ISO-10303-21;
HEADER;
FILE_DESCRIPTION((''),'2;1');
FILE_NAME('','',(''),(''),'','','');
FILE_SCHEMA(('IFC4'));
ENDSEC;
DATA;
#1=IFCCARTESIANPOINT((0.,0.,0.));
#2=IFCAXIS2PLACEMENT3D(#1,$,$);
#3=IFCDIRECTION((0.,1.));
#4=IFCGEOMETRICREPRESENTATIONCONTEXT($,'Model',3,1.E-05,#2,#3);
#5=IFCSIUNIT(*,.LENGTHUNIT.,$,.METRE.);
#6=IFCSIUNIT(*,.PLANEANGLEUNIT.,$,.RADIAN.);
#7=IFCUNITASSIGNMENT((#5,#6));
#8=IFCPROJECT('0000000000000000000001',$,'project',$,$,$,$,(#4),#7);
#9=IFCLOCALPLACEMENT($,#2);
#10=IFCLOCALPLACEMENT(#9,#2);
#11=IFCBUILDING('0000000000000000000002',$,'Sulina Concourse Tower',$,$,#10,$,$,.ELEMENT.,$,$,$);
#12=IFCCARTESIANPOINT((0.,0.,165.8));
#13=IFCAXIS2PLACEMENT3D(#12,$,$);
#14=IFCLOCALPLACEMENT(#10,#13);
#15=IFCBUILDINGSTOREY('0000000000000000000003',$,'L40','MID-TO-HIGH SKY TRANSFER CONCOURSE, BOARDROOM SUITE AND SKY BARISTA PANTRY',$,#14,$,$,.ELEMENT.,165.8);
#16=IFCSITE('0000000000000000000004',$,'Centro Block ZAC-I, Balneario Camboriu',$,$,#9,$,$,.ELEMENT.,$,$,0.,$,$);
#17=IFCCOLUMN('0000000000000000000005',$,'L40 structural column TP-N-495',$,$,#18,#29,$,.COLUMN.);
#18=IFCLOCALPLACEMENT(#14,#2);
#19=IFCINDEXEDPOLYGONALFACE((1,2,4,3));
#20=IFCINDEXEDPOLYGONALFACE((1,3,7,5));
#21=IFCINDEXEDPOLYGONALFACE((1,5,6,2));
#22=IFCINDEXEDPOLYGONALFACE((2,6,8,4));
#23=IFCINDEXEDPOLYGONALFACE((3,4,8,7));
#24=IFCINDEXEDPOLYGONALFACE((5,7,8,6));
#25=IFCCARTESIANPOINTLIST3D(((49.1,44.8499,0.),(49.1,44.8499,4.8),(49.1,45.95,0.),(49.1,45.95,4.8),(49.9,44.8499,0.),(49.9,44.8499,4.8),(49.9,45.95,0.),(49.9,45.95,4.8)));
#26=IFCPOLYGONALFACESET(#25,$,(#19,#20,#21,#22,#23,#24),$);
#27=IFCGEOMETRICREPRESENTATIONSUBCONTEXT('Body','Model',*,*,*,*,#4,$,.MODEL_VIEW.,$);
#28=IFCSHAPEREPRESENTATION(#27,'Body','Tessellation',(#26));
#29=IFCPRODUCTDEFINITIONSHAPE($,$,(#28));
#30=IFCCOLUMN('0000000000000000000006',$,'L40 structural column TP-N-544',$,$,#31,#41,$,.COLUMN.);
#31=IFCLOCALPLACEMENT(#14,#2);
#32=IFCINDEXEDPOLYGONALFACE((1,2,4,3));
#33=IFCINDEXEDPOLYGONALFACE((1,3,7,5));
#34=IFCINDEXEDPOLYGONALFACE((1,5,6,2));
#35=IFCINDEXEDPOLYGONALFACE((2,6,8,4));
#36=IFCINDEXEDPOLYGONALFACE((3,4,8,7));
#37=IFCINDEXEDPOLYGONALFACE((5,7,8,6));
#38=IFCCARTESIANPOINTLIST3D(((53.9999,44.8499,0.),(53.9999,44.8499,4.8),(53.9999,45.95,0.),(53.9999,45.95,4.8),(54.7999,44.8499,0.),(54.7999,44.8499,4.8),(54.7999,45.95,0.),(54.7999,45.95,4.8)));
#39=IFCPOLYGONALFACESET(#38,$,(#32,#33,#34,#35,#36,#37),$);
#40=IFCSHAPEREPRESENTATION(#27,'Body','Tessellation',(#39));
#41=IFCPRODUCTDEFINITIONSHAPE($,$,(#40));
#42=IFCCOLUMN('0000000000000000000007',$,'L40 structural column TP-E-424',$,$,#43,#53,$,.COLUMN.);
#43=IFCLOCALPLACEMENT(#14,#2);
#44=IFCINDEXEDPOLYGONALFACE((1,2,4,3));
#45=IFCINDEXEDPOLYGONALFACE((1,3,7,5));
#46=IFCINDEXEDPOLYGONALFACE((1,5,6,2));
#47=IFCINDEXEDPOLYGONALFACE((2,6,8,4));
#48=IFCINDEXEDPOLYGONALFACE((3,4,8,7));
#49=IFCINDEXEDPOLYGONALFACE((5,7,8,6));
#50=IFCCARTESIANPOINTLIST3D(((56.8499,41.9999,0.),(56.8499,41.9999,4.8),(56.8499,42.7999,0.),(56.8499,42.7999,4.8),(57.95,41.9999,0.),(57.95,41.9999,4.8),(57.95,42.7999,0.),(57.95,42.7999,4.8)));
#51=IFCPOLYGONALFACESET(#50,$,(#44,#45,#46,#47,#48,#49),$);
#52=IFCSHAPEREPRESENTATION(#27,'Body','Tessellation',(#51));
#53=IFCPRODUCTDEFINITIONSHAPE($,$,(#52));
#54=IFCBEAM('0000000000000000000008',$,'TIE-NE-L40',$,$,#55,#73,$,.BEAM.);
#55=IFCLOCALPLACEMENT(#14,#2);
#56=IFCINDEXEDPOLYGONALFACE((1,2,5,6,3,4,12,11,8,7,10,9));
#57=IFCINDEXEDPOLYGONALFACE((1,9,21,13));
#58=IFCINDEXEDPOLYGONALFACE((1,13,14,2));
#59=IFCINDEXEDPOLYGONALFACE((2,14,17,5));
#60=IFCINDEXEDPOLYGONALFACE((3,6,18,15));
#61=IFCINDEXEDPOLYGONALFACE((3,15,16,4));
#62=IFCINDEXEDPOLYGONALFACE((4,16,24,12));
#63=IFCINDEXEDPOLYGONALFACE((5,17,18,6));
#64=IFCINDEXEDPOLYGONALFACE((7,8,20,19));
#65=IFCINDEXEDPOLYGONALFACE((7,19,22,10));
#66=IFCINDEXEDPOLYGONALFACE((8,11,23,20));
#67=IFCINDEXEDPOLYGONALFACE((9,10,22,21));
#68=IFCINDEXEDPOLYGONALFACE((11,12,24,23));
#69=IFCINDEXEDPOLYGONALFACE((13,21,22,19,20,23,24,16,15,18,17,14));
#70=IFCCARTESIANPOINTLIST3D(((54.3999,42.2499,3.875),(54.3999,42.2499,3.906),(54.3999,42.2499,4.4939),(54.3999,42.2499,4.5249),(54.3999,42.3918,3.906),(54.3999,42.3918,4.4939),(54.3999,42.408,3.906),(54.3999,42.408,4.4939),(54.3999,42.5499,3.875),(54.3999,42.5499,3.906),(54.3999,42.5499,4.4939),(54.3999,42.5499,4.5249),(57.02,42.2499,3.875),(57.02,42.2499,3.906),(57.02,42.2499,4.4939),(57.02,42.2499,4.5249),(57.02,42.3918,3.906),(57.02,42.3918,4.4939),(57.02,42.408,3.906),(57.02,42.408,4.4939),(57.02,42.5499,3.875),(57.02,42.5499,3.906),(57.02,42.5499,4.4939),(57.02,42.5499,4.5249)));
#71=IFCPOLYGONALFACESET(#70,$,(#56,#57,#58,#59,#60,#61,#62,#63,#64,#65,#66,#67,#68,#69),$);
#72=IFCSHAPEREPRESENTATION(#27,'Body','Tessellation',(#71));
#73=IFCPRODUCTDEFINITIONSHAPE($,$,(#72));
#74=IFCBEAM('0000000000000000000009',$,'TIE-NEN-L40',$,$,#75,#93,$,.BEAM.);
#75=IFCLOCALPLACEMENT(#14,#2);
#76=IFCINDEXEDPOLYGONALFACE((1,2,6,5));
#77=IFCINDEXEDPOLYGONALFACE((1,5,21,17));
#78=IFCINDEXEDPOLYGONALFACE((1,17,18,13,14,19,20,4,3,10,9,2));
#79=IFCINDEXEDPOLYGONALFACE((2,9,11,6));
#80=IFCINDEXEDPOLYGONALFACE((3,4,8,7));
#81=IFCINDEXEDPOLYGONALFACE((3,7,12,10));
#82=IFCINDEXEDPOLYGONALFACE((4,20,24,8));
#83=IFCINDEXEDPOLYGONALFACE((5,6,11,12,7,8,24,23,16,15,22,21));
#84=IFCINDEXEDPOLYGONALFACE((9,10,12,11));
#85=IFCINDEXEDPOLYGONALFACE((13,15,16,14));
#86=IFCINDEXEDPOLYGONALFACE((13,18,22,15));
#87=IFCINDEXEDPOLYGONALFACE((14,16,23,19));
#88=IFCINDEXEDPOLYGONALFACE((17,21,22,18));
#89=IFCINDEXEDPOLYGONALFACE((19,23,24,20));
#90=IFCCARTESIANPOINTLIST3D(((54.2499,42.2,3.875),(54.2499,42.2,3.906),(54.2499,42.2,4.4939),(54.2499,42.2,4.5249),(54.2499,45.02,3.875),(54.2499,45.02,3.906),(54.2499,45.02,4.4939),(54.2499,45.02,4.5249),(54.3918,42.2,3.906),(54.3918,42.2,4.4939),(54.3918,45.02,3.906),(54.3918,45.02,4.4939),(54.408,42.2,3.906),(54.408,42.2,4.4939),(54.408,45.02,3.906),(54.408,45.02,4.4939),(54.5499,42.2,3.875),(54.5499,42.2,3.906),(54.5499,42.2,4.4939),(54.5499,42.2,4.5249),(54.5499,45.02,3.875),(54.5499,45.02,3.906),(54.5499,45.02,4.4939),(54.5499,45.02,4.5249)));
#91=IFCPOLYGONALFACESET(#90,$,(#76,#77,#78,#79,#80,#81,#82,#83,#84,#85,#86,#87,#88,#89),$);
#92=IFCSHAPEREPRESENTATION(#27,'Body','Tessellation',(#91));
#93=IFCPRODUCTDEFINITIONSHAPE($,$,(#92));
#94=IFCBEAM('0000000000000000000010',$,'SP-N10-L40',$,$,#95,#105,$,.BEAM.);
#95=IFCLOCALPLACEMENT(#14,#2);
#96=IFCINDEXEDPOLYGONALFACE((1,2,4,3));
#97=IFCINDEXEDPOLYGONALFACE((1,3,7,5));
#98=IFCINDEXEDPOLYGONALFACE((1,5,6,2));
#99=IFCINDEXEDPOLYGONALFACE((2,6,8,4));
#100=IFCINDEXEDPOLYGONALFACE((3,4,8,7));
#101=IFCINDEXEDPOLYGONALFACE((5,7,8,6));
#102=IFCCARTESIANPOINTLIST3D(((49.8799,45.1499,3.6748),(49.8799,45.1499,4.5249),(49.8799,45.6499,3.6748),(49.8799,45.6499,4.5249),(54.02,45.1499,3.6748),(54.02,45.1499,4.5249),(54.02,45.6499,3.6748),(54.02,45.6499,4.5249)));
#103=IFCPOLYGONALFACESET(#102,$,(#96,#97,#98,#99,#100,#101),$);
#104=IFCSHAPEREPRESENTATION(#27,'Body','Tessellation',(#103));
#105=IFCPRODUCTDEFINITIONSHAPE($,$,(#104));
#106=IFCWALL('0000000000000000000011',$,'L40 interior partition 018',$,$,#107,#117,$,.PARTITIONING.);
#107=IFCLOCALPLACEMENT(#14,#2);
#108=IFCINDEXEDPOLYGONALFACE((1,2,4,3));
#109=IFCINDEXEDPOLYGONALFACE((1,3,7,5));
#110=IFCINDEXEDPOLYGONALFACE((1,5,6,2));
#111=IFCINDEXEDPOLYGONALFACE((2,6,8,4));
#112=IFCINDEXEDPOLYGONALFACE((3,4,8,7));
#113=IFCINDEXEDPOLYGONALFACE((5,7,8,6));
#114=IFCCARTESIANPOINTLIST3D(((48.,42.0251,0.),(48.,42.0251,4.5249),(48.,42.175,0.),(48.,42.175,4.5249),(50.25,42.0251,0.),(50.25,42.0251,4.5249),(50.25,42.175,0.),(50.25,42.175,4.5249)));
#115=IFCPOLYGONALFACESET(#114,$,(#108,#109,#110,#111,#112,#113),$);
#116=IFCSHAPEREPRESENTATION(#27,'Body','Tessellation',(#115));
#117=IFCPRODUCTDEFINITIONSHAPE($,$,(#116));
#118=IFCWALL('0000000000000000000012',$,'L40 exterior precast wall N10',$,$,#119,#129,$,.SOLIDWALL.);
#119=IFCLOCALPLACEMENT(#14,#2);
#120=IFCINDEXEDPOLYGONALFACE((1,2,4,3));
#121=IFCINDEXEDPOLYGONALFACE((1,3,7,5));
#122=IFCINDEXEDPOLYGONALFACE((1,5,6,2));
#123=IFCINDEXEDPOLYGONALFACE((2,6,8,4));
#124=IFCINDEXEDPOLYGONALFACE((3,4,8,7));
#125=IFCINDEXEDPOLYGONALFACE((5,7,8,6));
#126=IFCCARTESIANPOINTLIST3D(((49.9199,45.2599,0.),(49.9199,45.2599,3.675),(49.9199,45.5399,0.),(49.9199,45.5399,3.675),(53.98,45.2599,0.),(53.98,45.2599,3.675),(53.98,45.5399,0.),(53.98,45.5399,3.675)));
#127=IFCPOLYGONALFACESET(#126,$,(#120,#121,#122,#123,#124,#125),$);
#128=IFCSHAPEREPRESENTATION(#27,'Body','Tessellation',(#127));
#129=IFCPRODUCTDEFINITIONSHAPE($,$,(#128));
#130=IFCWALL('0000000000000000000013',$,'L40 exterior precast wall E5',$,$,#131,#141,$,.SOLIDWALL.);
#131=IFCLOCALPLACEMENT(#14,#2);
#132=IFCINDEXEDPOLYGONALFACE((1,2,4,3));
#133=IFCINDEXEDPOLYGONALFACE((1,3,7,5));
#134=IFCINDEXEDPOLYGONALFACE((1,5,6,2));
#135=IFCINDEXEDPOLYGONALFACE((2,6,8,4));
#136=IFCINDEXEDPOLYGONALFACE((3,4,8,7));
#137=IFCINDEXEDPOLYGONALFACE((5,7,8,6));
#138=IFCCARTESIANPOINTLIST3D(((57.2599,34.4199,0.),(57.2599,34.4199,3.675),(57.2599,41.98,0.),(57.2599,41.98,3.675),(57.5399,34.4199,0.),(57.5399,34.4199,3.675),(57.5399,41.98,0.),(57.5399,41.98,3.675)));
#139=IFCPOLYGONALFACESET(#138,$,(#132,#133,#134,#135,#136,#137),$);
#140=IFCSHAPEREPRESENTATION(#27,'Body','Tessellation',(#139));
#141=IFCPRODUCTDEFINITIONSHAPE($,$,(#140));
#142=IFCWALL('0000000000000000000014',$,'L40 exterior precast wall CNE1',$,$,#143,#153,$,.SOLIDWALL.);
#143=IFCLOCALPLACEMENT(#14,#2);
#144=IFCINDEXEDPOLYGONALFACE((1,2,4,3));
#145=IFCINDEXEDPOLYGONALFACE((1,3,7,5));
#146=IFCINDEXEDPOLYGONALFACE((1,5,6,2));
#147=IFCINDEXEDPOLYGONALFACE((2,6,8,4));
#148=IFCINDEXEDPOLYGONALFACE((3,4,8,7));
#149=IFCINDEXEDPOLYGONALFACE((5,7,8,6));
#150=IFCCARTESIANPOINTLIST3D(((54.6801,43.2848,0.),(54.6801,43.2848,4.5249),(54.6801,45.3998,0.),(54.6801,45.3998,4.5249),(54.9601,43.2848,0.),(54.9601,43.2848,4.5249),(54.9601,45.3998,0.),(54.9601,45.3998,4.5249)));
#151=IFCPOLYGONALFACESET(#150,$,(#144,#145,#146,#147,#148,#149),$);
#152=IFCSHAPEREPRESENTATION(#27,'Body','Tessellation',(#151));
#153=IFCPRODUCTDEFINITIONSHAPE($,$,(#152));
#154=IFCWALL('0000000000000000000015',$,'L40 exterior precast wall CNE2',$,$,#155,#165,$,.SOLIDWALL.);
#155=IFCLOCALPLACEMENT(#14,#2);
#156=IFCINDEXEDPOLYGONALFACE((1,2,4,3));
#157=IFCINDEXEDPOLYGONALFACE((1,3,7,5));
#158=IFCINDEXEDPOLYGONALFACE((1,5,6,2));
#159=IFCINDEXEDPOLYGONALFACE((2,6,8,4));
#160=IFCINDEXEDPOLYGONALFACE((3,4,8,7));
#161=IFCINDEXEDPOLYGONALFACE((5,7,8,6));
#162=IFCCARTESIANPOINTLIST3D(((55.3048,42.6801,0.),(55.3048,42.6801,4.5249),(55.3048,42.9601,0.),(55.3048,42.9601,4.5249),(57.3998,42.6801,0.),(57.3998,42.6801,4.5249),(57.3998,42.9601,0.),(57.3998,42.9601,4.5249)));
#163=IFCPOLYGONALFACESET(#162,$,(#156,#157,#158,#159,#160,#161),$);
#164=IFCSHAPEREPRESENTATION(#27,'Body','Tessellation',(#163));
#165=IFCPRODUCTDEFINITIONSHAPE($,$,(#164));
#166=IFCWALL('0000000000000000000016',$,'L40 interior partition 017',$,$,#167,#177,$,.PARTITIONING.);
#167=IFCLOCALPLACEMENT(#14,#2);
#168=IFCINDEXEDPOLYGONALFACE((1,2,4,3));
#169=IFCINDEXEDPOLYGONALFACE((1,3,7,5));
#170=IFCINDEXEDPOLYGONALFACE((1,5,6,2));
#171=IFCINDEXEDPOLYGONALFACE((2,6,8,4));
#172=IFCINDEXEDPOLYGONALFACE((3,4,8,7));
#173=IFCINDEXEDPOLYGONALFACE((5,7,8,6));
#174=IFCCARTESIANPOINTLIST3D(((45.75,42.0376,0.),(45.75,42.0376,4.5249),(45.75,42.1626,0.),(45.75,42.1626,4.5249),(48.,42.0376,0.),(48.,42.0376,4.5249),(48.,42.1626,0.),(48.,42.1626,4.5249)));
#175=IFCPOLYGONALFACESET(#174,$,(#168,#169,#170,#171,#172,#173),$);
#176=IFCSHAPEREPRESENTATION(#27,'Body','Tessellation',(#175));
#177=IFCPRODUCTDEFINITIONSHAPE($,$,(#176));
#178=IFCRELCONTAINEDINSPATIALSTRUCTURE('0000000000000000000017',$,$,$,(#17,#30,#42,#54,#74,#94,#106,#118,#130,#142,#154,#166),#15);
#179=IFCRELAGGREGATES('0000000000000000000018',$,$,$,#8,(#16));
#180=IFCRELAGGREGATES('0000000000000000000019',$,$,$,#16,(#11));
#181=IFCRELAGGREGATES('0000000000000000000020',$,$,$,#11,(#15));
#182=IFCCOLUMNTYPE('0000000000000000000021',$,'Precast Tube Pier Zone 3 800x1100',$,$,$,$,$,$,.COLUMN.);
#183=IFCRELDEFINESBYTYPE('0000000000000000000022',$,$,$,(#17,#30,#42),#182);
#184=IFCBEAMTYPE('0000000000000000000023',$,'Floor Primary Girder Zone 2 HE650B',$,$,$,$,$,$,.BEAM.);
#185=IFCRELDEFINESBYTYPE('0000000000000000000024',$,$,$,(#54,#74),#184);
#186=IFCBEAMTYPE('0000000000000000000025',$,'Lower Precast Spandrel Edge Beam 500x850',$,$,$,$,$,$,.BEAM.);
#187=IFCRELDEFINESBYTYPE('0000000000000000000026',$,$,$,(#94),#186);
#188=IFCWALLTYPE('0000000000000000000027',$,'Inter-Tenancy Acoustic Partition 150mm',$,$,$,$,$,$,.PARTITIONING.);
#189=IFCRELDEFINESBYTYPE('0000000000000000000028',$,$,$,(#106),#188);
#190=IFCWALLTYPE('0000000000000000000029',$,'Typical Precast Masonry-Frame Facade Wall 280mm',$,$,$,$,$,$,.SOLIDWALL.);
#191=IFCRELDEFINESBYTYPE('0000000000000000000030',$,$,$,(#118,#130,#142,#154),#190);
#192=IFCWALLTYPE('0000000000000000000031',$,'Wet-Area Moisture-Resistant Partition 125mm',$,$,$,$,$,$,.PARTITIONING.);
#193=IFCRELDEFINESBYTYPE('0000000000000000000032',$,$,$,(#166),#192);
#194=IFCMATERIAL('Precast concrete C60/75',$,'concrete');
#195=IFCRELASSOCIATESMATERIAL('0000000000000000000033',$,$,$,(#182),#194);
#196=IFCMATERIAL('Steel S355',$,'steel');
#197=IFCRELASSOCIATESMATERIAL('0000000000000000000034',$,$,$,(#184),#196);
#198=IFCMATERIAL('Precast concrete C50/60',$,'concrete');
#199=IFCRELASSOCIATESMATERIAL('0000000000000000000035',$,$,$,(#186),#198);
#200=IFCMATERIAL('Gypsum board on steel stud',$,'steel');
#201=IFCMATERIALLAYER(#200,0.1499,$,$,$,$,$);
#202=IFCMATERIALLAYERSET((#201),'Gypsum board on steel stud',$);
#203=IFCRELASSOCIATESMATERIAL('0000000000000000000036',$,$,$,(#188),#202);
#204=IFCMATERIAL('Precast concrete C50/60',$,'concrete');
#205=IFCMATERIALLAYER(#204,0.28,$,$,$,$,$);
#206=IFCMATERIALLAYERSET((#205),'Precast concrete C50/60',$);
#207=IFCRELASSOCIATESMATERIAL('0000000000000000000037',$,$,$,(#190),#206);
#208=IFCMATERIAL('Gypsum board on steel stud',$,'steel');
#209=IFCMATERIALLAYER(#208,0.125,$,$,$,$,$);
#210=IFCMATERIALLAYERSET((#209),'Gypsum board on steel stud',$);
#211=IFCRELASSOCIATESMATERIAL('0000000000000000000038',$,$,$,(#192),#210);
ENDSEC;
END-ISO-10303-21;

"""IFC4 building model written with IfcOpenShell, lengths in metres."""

from ifc_helpers import new_model, si_unit, direction, frame, frame_2d, origin, origin_2d, place, context, subcontext, project, spatial, rectangle, i_section, extrude, material, layer, layer_set, material_profile, profile_set, type_object, element, save


model = new_model("IFC4")

# Units and contexts
model_context = context("Model", 3, precision=1e-05, world=origin(), true_north=direction((0.0, 1.0)))
body_context = subcontext(model_context, "Body", "Model", "MODEL_VIEW")
ifc_project = project(units=[si_unit("LENGTHUNIT", "METRE"), si_unit("PLANEANGLEUNIT", "RADIAN")], contexts=[model_context])

# Site, building, storey
site_placement = place(None, origin())
site = spatial("IfcSite", under=ifc_project, at=site_placement, Name="Centro Block ZAC-I, Balneario Camboriu", CompositionType="ELEMENT", RefElevation=0.0)
building_placement = place(site_placement, origin())
building = spatial("IfcBuilding", under=site, at=building_placement, Name="Sulina Concourse Tower", CompositionType="ELEMENT")
storey_placement = place(building_placement, frame((0.0, 0.0, 165.8)))
storey = spatial("IfcBuildingStorey", under=building, at=storey_placement, Name="L40", Description="MID-TO-HIGH SKY TRANSFER CONCOURSE, BOARDROOM SUITE AND SKY BARISTA PANTRY", CompositionType="ELEMENT", Elevation=165.8)

# Columns
ifc_material_1 = material(Name="Precast concrete C60/75", Category="concrete")
ifc_material_profile_1 = material_profile(ifc_material_1, rectangle(XDim=0.8, YDim=1.1001, at=origin_2d()), Name="PC 800x1100")
ifc_profile_set_1 = profile_set([ifc_material_profile_1], Name="Precast concrete C60/75")
column_type = type_object("IfcColumnType", Name="Precast Tube Pier Zone 3 800x1100", PredefinedType="COLUMN", material=ifc_profile_set_1)
for number, where, z_axis, x_axis, name in (
    (1, (49.5, 45.3999, 0.0), (0.0, 0.0, 1.0), (1.0, 0.0, 0.0), "L40 structural column TP-N-495"),
    (2, (54.3999, 45.3999, 0.0), (0.0, 0.0, 1.0), (1.0, 0.0, 0.0), "L40 structural column TP-N-544"),
    (3, (57.3999, 42.3999, 0.0), (0.0, 0.0, 1.0), (0.0, 1.0, 0.0), "L40 structural column TP-E-424"),
):
    element("IfcColumn", number, at=place(storey_placement, frame(where, z_axis=z_axis, x_axis=x_axis)), inside=storey, type_object=column_type, Name=name, PredefinedType="COLUMN", context=body_context, shape_type="SweptSolid", body=[
        extrude(rectangle(XDim=0.8, YDim=1.1001, at=origin_2d()), origin(), (0.0, 0.0, 1.0), 4.8),
    ])

# Beams
ifc_material_2 = material(Name="Steel S355", Category="steel")
ifc_material_profile_2 = material_profile(ifc_material_2, i_section(OverallWidth=0.3, OverallDepth=0.6499, WebThickness=0.0161, FlangeThickness=0.031, at=origin_2d()), Name="HE 650 B")
ifc_profile_set_2 = profile_set([ifc_material_profile_2], Name="Steel S355")
beam_type_1 = type_object("IfcBeamType", Name="Floor Primary Girder Zone 2 HE650B", PredefinedType="BEAM", material=ifc_profile_set_2)
beam_1_placement = place(storey_placement, frame((54.3999, 42.3999, 4.2), z_axis=(1.0, 0.0, 0.0), x_axis=(0.0, 1.0, 0.0)))
element("IfcBeam", 4, at=beam_1_placement, inside=storey, type_object=beam_type_1, Name="TIE-NE-L40", PredefinedType="BEAM", context=body_context, shape_type="SweptSolid", body=[
    extrude(i_section(OverallWidth=0.3, OverallDepth=0.6499, WebThickness=0.0161, FlangeThickness=0.031, at=origin_2d()), origin(), (0.0, 0.0, 1.0), 2.6201),
])
beam_2_placement = place(storey_placement, frame((54.3999, 42.2, 4.2), z_axis=(0.0, 1.0, 0.0), x_axis=(-1.0, 0.0, 0.0)))
element("IfcBeam", 5, at=beam_2_placement, inside=storey, type_object=beam_type_1, Name="TIE-NEN-L40", PredefinedType="BEAM", context=body_context, shape_type="SweptSolid", body=[
    extrude(i_section(OverallWidth=0.3, OverallDepth=0.6499, WebThickness=0.0161, FlangeThickness=0.031, at=origin_2d()), origin(), (0.0, 0.0, 1.0), 2.8201),
])
ifc_material_3 = material(Name="Precast concrete C50/60", Category="concrete")
ifc_material_profile_3 = material_profile(ifc_material_3, rectangle(XDim=0.5, YDim=0.8501, at=origin_2d()), Name="RC 500x850")
ifc_profile_set_3 = profile_set([ifc_material_profile_3], Name="Precast concrete C50/60")
beam_type_2 = type_object("IfcBeamType", Name="Lower Precast Spandrel Edge Beam 500x850", PredefinedType="BEAM", material=ifc_profile_set_3)
beam_3_placement = place(storey_placement, frame((49.8799, 45.3999, 4.0999), z_axis=(1.0, 0.0, 0.0), x_axis=(0.0, 1.0, 0.0)))
element("IfcBeam", 6, at=beam_3_placement, inside=storey, type_object=beam_type_2, Name="SP-N10-L40", PredefinedType="BEAM", context=body_context, shape_type="SweptSolid", body=[
    extrude(rectangle(XDim=0.5, YDim=0.8501, at=origin_2d()), origin(), (0.0, 0.0, 1.0), 4.1401),
])

# Walls
ifc_material_4 = material(Name="Gypsum board on steel stud", Category="steel")
ifc_layer_1 = layer(ifc_material_4, 0.1499)
ifc_layer_set_1 = layer_set([ifc_layer_1], Name="Gypsum board on steel stud")
wall_type_1 = type_object("IfcWallType", Name="Inter-Tenancy Acoustic Partition 150mm", PredefinedType="PARTITIONING", material=ifc_layer_set_1)
wall_1_placement = place(storey_placement, frame((48.0, 42.1001, 0.0), z_axis=(0.0, 0.0, 1.0), x_axis=(1.0, 0.0, 0.0)))
element("IfcWall", 7, at=wall_1_placement, inside=storey, type_object=wall_type_1, Name="L40 interior partition 018", PredefinedType="PARTITIONING", context=body_context, shape_type="SweptSolid", body=[
    extrude(rectangle(XDim=2.25, YDim=0.1499, at=frame_2d((1.125, 0.0))), origin(), (0.0, 0.0, 1.0), 4.5249),
])
ifc_material_5 = material(Name="Precast concrete C50/60", Category="concrete")
ifc_layer_2 = layer(ifc_material_5, 0.28)
ifc_layer_set_2 = layer_set([ifc_layer_2], Name="Precast concrete C50/60")
wall_type_2 = type_object("IfcWallType", Name="Typical Precast Masonry-Frame Facade Wall 280mm", PredefinedType="SOLIDWALL", material=ifc_layer_set_2)
wall_2_placement = place(storey_placement, frame((49.9199, 45.3999, 0.0), z_axis=(0.0, 0.0, 1.0), x_axis=(1.0, 0.0, 0.0)))
element("IfcWall", 8, at=wall_2_placement, inside=storey, type_object=wall_type_2, Name="L40 exterior precast wall N10", PredefinedType="SOLIDWALL", context=body_context, shape_type="SweptSolid", body=[
    extrude(rectangle(XDim=4.0601, YDim=0.28, at=frame_2d((2.03, 0.0))), origin(), (0.0, 0.0, 1.0), 3.675),
])
wall_3_placement = place(storey_placement, frame((57.3999, 41.98, 0.0), z_axis=(0.0, 0.0, 1.0), x_axis=(0.0, -1.0, 0.0)))
element("IfcWall", 9, at=wall_3_placement, inside=storey, type_object=wall_type_2, Name="L40 exterior precast wall E5", PredefinedType="SOLIDWALL", context=body_context, shape_type="SweptSolid", body=[
    extrude(rectangle(XDim=7.5601, YDim=0.28, at=frame_2d((3.78, 0.0))), origin(), (0.0, 0.0, 1.0), 3.675),
])
wall_4_placement = place(storey_placement, frame((54.8201, 45.3999, 0.0), z_axis=(0.0, 0.0, 1.0), x_axis=(0.0, -1.0, 0.0)))
element("IfcWall", 10, at=wall_4_placement, inside=storey, type_object=wall_type_2, Name="L40 exterior precast wall CNE1", PredefinedType="SOLIDWALL", context=body_context, shape_type="SweptSolid", body=[
    extrude(rectangle(XDim=2.115, YDim=0.28, at=frame_2d((1.0576, 0.0))), origin(), (0.0, 0.0, 1.0), 4.5249),
])
wall_5_placement = place(storey_placement, frame((55.3049, 42.8201, 0.0), z_axis=(0.0, 0.0, 1.0), x_axis=(1.0, 0.0, 0.0)))
element("IfcWall", 11, at=wall_5_placement, inside=storey, type_object=wall_type_2, Name="L40 exterior precast wall CNE2", PredefinedType="SOLIDWALL", context=body_context, shape_type="SweptSolid", body=[
    extrude(rectangle(XDim=2.095, YDim=0.28, at=frame_2d((1.0474, 0.0))), origin(), (0.0, 0.0, 1.0), 4.5249),
])
ifc_material_6 = material(Name="Gypsum board on steel stud", Category="steel")
ifc_layer_3 = layer(ifc_material_6, 0.125)
ifc_layer_set_3 = layer_set([ifc_layer_3], Name="Gypsum board on steel stud")
wall_type_3 = type_object("IfcWallType", Name="Wet-Area Moisture-Resistant Partition 125mm", PredefinedType="PARTITIONING", material=ifc_layer_set_3)
wall_6_placement = place(storey_placement, frame((45.75, 42.1001, 0.0), z_axis=(0.0, 0.0, 1.0), x_axis=(1.0, 0.0, 0.0)))
element("IfcWall", 12, at=wall_6_placement, inside=storey, type_object=wall_type_3, Name="L40 interior partition 017", PredefinedType="PARTITIONING", context=body_context, shape_type="SweptSolid", body=[
    extrude(rectangle(XDim=2.25, YDim=0.125, at=frame_2d((1.125, 0.0))), origin(), (0.0, 0.0, 1.0), 4.5249),
])

save(model, "model.ifc")
